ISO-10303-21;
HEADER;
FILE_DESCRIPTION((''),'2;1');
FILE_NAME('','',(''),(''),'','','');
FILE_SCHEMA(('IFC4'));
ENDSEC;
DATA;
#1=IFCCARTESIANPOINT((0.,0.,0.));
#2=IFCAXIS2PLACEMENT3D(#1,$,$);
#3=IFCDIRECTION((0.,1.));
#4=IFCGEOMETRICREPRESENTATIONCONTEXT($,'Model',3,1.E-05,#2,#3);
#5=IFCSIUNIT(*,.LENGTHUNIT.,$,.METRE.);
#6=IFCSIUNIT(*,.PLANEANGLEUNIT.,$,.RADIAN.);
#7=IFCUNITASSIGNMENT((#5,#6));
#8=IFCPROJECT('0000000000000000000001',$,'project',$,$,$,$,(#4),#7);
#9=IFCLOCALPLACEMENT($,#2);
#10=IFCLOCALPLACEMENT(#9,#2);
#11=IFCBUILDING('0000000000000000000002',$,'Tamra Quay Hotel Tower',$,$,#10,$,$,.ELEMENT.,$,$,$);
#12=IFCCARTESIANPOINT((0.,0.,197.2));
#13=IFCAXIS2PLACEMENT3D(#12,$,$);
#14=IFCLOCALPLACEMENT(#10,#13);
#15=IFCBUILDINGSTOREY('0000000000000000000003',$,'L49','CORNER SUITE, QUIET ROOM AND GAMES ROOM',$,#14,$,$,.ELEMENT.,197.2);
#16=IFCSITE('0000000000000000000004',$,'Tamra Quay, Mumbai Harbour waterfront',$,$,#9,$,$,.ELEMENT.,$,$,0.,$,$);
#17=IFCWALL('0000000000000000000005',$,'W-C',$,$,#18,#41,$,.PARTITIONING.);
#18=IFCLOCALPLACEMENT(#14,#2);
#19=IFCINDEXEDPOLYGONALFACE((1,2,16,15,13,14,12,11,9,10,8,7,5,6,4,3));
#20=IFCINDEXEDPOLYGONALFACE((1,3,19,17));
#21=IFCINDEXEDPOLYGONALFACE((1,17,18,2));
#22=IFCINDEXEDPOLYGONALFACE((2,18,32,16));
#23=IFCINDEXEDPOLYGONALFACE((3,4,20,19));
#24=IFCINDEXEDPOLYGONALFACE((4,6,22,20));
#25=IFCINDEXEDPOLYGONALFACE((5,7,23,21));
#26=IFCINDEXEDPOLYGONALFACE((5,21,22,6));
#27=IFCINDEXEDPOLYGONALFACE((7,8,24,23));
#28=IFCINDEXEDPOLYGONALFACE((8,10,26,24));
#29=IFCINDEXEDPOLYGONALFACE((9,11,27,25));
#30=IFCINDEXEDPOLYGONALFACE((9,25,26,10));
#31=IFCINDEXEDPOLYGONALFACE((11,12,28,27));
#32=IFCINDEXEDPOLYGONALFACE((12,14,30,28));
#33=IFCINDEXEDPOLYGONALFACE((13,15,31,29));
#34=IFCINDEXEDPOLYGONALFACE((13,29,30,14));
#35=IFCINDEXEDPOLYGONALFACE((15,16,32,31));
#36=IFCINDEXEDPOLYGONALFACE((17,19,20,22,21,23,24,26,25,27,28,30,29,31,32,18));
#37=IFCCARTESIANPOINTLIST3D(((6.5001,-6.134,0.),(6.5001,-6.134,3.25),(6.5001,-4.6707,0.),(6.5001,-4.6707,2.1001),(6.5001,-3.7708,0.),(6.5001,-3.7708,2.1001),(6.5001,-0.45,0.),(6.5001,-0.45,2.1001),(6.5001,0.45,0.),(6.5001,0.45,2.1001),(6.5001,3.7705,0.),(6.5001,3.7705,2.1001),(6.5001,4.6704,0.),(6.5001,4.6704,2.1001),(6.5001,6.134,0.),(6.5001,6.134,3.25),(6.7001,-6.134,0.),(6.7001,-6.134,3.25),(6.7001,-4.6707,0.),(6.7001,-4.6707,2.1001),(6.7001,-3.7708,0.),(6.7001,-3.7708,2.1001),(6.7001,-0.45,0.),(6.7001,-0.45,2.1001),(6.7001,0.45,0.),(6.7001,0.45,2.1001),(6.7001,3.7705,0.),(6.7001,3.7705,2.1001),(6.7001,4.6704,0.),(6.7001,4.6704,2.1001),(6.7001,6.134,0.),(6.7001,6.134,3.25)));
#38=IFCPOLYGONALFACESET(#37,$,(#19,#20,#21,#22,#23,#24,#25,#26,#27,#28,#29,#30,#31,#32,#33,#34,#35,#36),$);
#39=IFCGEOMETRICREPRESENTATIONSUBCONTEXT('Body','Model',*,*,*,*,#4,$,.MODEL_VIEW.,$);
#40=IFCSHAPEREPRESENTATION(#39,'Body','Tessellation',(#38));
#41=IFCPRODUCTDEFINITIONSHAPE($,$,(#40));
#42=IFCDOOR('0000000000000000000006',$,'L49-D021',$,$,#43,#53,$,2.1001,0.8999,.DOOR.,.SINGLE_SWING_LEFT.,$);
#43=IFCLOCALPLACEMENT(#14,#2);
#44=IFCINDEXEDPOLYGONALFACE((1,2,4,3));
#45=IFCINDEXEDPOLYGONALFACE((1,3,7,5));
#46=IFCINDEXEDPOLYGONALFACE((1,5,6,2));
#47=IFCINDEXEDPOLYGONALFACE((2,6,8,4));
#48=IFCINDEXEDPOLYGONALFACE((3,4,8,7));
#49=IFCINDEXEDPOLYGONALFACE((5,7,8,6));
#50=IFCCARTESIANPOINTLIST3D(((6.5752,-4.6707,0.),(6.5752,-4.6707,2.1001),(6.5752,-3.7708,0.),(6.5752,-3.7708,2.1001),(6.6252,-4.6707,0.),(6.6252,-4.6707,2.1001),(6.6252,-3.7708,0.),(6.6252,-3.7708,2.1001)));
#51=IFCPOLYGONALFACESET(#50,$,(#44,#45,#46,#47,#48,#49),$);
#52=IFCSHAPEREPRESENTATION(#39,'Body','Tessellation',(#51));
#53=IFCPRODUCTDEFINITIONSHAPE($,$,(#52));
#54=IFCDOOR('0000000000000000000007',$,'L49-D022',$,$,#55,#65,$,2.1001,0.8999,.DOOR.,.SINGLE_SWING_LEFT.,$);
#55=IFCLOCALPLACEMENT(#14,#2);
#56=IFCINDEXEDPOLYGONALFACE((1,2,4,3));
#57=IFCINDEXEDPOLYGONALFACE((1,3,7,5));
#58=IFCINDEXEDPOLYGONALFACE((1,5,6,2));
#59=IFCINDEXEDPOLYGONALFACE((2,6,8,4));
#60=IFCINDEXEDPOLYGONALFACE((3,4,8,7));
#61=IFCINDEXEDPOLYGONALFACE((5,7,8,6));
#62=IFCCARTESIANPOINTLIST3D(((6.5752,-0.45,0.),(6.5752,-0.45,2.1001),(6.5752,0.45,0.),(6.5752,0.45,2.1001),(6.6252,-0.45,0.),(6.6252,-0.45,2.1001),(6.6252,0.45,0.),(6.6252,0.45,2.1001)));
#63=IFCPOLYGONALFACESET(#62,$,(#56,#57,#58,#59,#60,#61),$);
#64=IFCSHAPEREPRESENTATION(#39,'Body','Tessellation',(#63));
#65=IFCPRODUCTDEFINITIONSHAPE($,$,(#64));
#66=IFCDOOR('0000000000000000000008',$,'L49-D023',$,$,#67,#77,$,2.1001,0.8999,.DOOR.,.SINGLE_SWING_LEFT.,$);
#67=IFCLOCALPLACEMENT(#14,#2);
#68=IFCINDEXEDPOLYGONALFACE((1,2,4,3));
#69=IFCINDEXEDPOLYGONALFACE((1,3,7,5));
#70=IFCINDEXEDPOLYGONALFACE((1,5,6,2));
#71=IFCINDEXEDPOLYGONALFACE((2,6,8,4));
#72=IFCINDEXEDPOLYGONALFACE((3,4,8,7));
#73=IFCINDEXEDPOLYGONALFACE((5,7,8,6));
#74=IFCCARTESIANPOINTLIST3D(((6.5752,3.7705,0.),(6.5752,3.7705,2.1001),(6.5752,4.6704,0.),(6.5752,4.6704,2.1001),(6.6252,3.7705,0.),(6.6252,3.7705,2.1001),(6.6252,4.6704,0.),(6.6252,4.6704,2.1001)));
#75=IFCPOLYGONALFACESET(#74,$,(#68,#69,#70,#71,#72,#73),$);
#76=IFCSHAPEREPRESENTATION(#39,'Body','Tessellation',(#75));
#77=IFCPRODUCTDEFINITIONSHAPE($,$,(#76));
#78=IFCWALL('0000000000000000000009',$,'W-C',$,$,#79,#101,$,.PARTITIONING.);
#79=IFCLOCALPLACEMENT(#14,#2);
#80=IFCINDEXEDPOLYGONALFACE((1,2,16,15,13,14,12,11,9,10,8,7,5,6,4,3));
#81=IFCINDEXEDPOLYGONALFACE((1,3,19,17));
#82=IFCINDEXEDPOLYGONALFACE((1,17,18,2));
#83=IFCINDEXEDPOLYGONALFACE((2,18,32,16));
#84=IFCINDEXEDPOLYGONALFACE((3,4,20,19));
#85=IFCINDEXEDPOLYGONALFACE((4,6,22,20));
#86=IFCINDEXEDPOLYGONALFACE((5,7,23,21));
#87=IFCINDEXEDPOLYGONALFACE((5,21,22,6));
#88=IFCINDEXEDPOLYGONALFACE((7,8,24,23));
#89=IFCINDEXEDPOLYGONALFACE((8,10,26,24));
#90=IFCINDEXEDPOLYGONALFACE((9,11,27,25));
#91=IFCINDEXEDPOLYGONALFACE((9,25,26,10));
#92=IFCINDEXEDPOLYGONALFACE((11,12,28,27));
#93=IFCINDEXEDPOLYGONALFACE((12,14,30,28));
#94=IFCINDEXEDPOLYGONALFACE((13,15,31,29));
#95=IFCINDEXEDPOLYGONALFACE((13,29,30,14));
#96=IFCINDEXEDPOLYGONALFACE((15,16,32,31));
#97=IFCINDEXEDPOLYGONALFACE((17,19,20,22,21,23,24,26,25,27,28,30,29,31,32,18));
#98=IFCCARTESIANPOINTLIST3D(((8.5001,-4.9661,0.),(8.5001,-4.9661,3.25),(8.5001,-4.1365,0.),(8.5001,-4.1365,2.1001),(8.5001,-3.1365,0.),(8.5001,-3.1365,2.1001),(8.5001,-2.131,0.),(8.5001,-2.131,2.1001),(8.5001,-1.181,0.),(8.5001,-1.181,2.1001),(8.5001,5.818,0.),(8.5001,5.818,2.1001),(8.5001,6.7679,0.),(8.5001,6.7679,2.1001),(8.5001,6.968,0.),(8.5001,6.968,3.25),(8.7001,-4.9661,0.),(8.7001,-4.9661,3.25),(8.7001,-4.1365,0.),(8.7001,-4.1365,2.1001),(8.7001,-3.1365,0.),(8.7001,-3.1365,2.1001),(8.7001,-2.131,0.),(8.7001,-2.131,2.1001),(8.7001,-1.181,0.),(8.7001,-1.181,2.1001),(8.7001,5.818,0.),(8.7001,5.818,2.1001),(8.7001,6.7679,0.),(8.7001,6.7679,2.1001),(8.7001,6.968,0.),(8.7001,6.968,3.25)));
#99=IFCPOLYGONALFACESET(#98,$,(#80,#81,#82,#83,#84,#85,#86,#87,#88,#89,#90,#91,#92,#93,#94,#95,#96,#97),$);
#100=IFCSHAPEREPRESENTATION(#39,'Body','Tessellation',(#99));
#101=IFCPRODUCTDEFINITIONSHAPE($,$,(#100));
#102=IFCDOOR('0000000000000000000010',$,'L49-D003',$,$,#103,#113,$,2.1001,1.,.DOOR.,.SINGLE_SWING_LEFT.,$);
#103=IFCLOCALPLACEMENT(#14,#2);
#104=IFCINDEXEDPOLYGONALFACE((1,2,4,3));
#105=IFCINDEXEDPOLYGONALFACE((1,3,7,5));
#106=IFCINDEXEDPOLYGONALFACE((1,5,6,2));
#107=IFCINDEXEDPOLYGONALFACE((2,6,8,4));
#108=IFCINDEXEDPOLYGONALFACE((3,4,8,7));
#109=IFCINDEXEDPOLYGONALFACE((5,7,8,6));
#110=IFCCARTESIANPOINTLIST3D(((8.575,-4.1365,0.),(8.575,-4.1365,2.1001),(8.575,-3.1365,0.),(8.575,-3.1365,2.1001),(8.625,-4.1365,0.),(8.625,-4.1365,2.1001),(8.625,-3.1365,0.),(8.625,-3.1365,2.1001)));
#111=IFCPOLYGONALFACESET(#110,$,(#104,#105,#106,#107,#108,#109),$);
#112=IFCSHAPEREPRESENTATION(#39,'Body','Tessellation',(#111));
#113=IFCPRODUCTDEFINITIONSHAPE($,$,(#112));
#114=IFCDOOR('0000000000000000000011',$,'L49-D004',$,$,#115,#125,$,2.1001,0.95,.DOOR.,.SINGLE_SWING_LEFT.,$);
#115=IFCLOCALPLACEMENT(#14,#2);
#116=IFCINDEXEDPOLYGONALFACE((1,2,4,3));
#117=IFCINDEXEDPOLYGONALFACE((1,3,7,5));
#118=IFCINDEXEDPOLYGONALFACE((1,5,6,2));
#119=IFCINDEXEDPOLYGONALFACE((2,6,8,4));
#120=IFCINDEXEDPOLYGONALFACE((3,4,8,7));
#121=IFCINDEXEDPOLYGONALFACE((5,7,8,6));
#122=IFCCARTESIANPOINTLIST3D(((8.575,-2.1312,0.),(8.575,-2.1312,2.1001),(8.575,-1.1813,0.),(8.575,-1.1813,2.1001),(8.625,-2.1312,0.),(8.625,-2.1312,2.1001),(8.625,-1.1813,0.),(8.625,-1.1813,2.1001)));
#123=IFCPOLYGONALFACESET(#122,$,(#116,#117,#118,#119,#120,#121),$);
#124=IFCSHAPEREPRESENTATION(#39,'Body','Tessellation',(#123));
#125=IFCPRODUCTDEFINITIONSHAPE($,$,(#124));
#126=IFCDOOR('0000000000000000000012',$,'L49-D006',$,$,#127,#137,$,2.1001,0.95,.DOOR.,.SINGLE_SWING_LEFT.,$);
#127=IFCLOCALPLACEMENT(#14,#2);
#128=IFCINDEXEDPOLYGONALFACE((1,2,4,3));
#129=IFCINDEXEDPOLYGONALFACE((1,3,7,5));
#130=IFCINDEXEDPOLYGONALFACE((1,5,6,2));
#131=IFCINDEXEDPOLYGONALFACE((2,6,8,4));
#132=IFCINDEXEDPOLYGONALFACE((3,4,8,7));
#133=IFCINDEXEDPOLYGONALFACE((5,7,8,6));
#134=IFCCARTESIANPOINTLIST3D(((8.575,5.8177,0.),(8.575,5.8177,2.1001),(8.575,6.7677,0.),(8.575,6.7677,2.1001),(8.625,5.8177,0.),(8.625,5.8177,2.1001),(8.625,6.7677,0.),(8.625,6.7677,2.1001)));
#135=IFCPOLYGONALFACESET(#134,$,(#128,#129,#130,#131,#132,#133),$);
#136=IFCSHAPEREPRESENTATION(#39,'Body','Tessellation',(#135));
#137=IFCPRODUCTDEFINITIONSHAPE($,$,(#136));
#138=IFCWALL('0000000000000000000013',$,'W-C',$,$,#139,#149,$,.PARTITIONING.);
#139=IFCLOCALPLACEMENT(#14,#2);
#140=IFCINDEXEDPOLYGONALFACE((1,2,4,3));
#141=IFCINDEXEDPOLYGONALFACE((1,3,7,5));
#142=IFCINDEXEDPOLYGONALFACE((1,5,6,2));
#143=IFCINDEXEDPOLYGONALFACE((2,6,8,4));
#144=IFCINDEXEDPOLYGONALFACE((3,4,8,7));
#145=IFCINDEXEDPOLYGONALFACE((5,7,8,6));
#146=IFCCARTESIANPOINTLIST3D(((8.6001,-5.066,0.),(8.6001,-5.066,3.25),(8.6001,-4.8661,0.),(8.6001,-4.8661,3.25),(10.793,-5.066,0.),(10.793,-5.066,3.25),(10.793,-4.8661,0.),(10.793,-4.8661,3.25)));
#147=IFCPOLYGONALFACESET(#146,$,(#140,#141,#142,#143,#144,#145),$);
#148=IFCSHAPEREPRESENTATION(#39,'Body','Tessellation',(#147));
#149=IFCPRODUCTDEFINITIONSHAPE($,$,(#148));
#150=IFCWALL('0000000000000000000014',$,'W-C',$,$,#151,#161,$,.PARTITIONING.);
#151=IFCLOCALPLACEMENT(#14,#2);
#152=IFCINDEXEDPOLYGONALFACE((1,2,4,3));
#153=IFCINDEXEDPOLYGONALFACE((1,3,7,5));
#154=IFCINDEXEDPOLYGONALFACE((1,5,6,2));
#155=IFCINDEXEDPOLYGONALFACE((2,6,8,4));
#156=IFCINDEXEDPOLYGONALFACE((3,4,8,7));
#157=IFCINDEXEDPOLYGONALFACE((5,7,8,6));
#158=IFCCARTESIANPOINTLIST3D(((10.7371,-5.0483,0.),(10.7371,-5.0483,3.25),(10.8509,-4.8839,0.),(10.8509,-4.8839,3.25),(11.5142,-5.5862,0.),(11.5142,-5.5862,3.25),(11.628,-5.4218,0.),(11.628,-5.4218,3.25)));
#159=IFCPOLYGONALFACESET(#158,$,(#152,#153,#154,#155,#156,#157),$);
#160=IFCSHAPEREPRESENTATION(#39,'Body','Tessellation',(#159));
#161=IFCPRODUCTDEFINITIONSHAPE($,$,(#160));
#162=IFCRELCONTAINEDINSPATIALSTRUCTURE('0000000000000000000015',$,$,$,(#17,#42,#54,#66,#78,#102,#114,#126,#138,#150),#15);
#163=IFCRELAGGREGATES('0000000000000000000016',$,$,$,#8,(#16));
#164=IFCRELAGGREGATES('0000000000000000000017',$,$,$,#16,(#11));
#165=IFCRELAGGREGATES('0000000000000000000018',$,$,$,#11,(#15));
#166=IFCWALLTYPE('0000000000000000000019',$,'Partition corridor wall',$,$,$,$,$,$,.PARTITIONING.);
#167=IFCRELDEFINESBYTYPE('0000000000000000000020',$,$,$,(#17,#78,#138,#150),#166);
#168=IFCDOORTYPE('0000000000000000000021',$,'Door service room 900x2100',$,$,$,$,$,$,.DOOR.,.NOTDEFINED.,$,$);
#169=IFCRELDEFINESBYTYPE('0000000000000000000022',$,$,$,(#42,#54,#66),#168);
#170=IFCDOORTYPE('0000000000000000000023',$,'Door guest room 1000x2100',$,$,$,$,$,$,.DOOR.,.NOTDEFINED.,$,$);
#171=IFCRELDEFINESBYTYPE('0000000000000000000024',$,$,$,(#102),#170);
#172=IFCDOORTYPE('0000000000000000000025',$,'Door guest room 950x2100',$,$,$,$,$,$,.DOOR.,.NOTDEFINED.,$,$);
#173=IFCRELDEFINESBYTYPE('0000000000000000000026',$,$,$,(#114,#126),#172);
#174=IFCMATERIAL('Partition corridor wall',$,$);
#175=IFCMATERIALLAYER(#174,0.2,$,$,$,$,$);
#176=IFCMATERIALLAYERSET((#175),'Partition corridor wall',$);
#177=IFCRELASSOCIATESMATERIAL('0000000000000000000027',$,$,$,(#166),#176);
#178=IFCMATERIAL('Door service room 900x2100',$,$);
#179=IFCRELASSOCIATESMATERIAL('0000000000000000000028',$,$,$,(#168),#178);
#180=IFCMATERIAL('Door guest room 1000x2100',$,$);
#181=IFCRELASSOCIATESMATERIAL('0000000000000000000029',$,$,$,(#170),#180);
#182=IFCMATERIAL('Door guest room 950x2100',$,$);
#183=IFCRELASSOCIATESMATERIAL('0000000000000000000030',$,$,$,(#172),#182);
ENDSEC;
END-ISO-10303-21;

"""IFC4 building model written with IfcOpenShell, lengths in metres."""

from ifc_helpers import new_model, si_unit, direction, frame, frame_2d, origin, place, context, subcontext, project, spatial, rectangle, extrude, material, layer, layer_set, type_object, element, fill, save


model = new_model("IFC4")

# Units and contexts
model_context = context("Model", 3, precision=1e-05, world=origin(), true_north=direction((0.0, 1.0)))
body_context = subcontext(model_context, "Body", "Model", "MODEL_VIEW")
ifc_project = project(units=[si_unit("LENGTHUNIT", "METRE"), si_unit("PLANEANGLEUNIT", "RADIAN")], contexts=[model_context])

# Site, building, storey
site_placement = place(None, origin())
site = spatial("IfcSite", under=ifc_project, at=site_placement, Name="Tamra Quay, Mumbai Harbour waterfront", CompositionType="ELEMENT", RefElevation=0.0)
building_placement = place(site_placement, origin())
building = spatial("IfcBuilding", under=site, at=building_placement, Name="Tamra Quay Hotel Tower", CompositionType="ELEMENT")
storey_placement = place(building_placement, frame((0.0, 0.0, 197.2)))
storey = spatial("IfcBuildingStorey", under=building, at=storey_placement, Name="L49", Description="CORNER SUITE, QUIET ROOM AND GAMES ROOM", CompositionType="ELEMENT", Elevation=197.2)

# Shared definitions
ifc_material_1 = material(Name="Partition corridor wall")
ifc_layer_1 = layer(ifc_material_1, 0.2)
ifc_layer_set_1 = layer_set([ifc_layer_1], Name="Partition corridor wall")
wall_type_1 = type_object("IfcWallType", Name="Partition corridor wall", PredefinedType="PARTITIONING", material=ifc_layer_set_1)

# Walls, openings, doors
wall_1_placement = place(storey_placement, frame((6.6001, -6.134, 0.0), z_axis=(0.0, 0.0, 1.0), x_axis=(0.0, 1.0, 0.0)))
wall_1 = element("IfcWall", 1, at=wall_1_placement, inside=storey, type_object=wall_type_1, Name="W-C", PredefinedType="PARTITIONING", context=body_context, shape_type="SweptSolid", body=[
    extrude(rectangle(XDim=12.2681, YDim=0.2, at=frame_2d((6.134, 0.0))), origin(), (0.0, 0.0, 1.0), 3.25),
])
opening_1_placement = place(wall_1_placement, frame((1.4634, 0.0, 0.0)))
opening_1 = element("IfcOpeningElement", 2, at=opening_1_placement, cuts=wall_1, PredefinedType="OPENING", context=body_context, shape_type="SweptSolid", body=[
    extrude(rectangle(XDim=0.8999, YDim=2.1001, at=frame_2d((0.45, 1.05))), frame((0.0, 0.1099, 0.0), z_axis=(0.0, -1.0, 0.0), x_axis=(1.0, 0.0, 0.0)), (0.0, 0.0, 1.0), 0.22),
])
opening_2_placement = place(wall_1_placement, frame((5.6841, 0.0, 0.0)))
opening_2 = element("IfcOpeningElement", 3, at=opening_2_placement, cuts=wall_1, PredefinedType="OPENING", context=body_context, shape_type="SweptSolid", body=[
    extrude(rectangle(XDim=0.8999, YDim=2.1001, at=frame_2d((0.45, 1.05))), frame((0.0, 0.1099, 0.0), z_axis=(0.0, -1.0, 0.0), x_axis=(1.0, 0.0, 0.0)), (0.0, 0.0, 1.0), 0.22),
])
opening_3_placement = place(wall_1_placement, frame((9.9045, 0.0, 0.0)))
opening_3 = element("IfcOpeningElement", 4, at=opening_3_placement, cuts=wall_1, PredefinedType="OPENING", context=body_context, shape_type="SweptSolid", body=[
    extrude(rectangle(XDim=0.8999, YDim=2.1001, at=frame_2d((0.45, 1.05))), frame((0.0, 0.1099, 0.0), z_axis=(0.0, -1.0, 0.0), x_axis=(1.0, 0.0, 0.0)), (0.0, 0.0, 1.0), 0.22),
])
ifc_material_2 = material(Name="Door service room 900x2100")
door_type_1 = type_object("IfcDoorType", Name="Door service room 900x2100", OperationType="NOTDEFINED", PredefinedType="DOOR", material=ifc_material_2)
door_1_placement = place(opening_1_placement, origin())
door_1 = element("IfcDoor", 5, at=door_1_placement, inside=storey, type_object=door_type_1, Name="L49-D021", OperationType="SINGLE_SWING_LEFT", OverallHeight=2.1001, OverallWidth=0.8999, PredefinedType="DOOR", context=body_context, shape_type="SweptSolid", body=[
    extrude(rectangle(XDim=0.8999, YDim=2.1001, at=frame_2d((0.45, 1.05))), frame((0.0, 0.0249, 0.0), z_axis=(0.0, -1.0, 0.0), x_axis=(1.0, 0.0, 0.0)), (0.0, 0.0, 1.0), 0.05),
])
fill(opening_1, door_1)
door_2_placement = place(opening_2_placement, origin())
door_2 = element("IfcDoor", 6, at=door_2_placement, inside=storey, type_object=door_type_1, Name="L49-D022", OperationType="SINGLE_SWING_LEFT", OverallHeight=2.1001, OverallWidth=0.8999, PredefinedType="DOOR", context=body_context, shape_type="SweptSolid", body=[
    extrude(rectangle(XDim=0.8999, YDim=2.1001, at=frame_2d((0.45, 1.05))), frame((0.0, 0.0249, 0.0), z_axis=(0.0, -1.0, 0.0), x_axis=(1.0, 0.0, 0.0)), (0.0, 0.0, 1.0), 0.05),
])
fill(opening_2, door_2)
door_3_placement = place(opening_3_placement, origin())
door_3 = element("IfcDoor", 7, at=door_3_placement, inside=storey, type_object=door_type_1, Name="L49-D023", OperationType="SINGLE_SWING_LEFT", OverallHeight=2.1001, OverallWidth=0.8999, PredefinedType="DOOR", context=body_context, shape_type="SweptSolid", body=[
    extrude(rectangle(XDim=0.8999, YDim=2.1001, at=frame_2d((0.45, 1.05))), frame((0.0, 0.0249, 0.0), z_axis=(0.0, -1.0, 0.0), x_axis=(1.0, 0.0, 0.0)), (0.0, 0.0, 1.0), 0.05),
])
fill(opening_3, door_3)
wall_2_placement = place(storey_placement, frame((8.6001, -4.9661, 0.0), z_axis=(0.0, 0.0, 1.0), x_axis=(0.0, 1.0, 0.0)))
wall_2 = element("IfcWall", 8, at=wall_2_placement, inside=storey, type_object=wall_type_1, Name="W-C", PredefinedType="PARTITIONING", context=body_context, shape_type="SweptSolid", body=[
    extrude(rectangle(XDim=11.9341, YDim=0.2, at=frame_2d((5.967, 0.0))), origin(), (0.0, 0.0, 1.0), 3.25),
])
opening_4_placement = place(wall_2_placement, frame((0.8296, 0.0, 0.0)))
opening_4 = element("IfcOpeningElement", 9, at=opening_4_placement, cuts=wall_2, PredefinedType="OPENING", context=body_context, shape_type="SweptSolid", body=[
    extrude(rectangle(XDim=1.0, YDim=2.1001, at=frame_2d((0.5, 1.05))), frame((0.0, 0.1099, 0.0), z_axis=(0.0, -1.0, 0.0), x_axis=(1.0, 0.0, 0.0)), (0.0, 0.0, 1.0), 0.22),
])
opening_5_placement = place(wall_2_placement, frame((2.835, 0.0, 0.0)))
opening_5 = element("IfcOpeningElement", 10, at=opening_5_placement, cuts=wall_2, PredefinedType="OPENING", context=body_context, shape_type="SweptSolid", body=[
    extrude(rectangle(XDim=0.95, YDim=2.1001, at=frame_2d((0.4751, 1.05))), frame((0.0, 0.1099, 0.0), z_axis=(0.0, -1.0, 0.0), x_axis=(1.0, 0.0, 0.0)), (0.0, 0.0, 1.0), 0.22),
])
opening_6_placement = place(wall_2_placement, frame((10.7839, 0.0, 0.0)))
opening_6 = element("IfcOpeningElement", 11, at=opening_6_placement, cuts=wall_2, PredefinedType="OPENING", context=body_context, shape_type="SweptSolid", body=[
    extrude(rectangle(XDim=0.95, YDim=2.1001, at=frame_2d((0.4751, 1.05))), frame((0.0, 0.1099, 0.0), z_axis=(0.0, -1.0, 0.0), x_axis=(1.0, 0.0, 0.0)), (0.0, 0.0, 1.0), 0.22),
])
ifc_material_3 = material(Name="Door guest room 1000x2100")
door_type_2 = type_object("IfcDoorType", Name="Door guest room 1000x2100", OperationType="NOTDEFINED", PredefinedType="DOOR", material=ifc_material_3)
door_4_placement = place(opening_4_placement, frame((1.0, 0.0, 0.0), z_axis=(0.0, 0.0, 1.0), x_axis=(-1.0, 0.0, 0.0)))
door_4 = element("IfcDoor", 12, at=door_4_placement, inside=storey, type_object=door_type_2, Name="L49-D003", OperationType="SINGLE_SWING_LEFT", OverallHeight=2.1001, OverallWidth=1.0, PredefinedType="DOOR", context=body_context, shape_type="SweptSolid", body=[
    extrude(rectangle(XDim=1.0, YDim=2.1001, at=frame_2d((0.5, 1.05))), frame((0.0, 0.0249, 0.0), z_axis=(0.0, -1.0, 0.0), x_axis=(1.0, 0.0, 0.0)), (0.0, 0.0, 1.0), 0.05),
])
fill(opening_4, door_4)
ifc_material_4 = material(Name="Door guest room 950x2100")
door_type_3 = type_object("IfcDoorType", Name="Door guest room 950x2100", OperationType="NOTDEFINED", PredefinedType="DOOR", material=ifc_material_4)
door_5_placement = place(opening_5_placement, frame((0.95, 0.0, 0.0), z_axis=(0.0, 0.0, 1.0), x_axis=(-1.0, 0.0, 0.0)))
door_5 = element("IfcDoor", 13, at=door_5_placement, inside=storey, type_object=door_type_3, Name="L49-D004", OperationType="SINGLE_SWING_LEFT", OverallHeight=2.1001, OverallWidth=0.95, PredefinedType="DOOR", context=body_context, shape_type="SweptSolid", body=[
    extrude(rectangle(XDim=0.95, YDim=2.1001, at=frame_2d((0.4751, 1.05))), frame((0.0, 0.0249, 0.0), z_axis=(0.0, -1.0, 0.0), x_axis=(1.0, 0.0, 0.0)), (0.0, 0.0, 1.0), 0.05),
])
fill(opening_5, door_5)
door_6_placement = place(opening_6_placement, frame((0.95, 0.0, 0.0), z_axis=(0.0, 0.0, 1.0), x_axis=(-1.0, 0.0, 0.0)))
door_6 = element("IfcDoor", 14, at=door_6_placement, inside=storey, type_object=door_type_3, Name="L49-D006", OperationType="SINGLE_SWING_LEFT", OverallHeight=2.1001, OverallWidth=0.95, PredefinedType="DOOR", context=body_context, shape_type="SweptSolid", body=[
    extrude(rectangle(XDim=0.95, YDim=2.1001, at=frame_2d((0.4751, 1.05))), frame((0.0, 0.0249, 0.0), z_axis=(0.0, -1.0, 0.0), x_axis=(1.0, 0.0, 0.0)), (0.0, 0.0, 1.0), 0.05),
])
fill(opening_6, door_6)

# Walls
wall_3_placement = place(storey_placement, frame((8.6001, -4.9661, 0.0), z_axis=(0.0, 0.0, 1.0), x_axis=(1.0, 0.0, 0.0)))
element("IfcWall", 15, at=wall_3_placement, inside=storey, type_object=wall_type_1, Name="W-C", PredefinedType="PARTITIONING", context=body_context, shape_type="SweptSolid", body=[
    extrude(rectangle(XDim=2.1929, YDim=0.2, at=frame_2d((1.0964, 0.0))), origin(), (0.0, 0.0, 1.0), 3.25),
])
wall_4_placement = place(storey_placement, frame((10.7939, -4.9661, 0.0), z_axis=(0.0, 0.0, 1.0), x_axis=(0.822267, -0.569103, 0.0)))
element("IfcWall", 16, at=wall_4_placement, inside=storey, type_object=wall_type_1, Name="W-C", PredefinedType="PARTITIONING", context=body_context, shape_type="SweptSolid", body=[
    extrude(rectangle(XDim=0.9451, YDim=0.2, at=frame_2d((0.4727, 0.0))), origin(), (0.0, 0.0, 1.0), 3.25),
])

save(model, "model.ifc")
